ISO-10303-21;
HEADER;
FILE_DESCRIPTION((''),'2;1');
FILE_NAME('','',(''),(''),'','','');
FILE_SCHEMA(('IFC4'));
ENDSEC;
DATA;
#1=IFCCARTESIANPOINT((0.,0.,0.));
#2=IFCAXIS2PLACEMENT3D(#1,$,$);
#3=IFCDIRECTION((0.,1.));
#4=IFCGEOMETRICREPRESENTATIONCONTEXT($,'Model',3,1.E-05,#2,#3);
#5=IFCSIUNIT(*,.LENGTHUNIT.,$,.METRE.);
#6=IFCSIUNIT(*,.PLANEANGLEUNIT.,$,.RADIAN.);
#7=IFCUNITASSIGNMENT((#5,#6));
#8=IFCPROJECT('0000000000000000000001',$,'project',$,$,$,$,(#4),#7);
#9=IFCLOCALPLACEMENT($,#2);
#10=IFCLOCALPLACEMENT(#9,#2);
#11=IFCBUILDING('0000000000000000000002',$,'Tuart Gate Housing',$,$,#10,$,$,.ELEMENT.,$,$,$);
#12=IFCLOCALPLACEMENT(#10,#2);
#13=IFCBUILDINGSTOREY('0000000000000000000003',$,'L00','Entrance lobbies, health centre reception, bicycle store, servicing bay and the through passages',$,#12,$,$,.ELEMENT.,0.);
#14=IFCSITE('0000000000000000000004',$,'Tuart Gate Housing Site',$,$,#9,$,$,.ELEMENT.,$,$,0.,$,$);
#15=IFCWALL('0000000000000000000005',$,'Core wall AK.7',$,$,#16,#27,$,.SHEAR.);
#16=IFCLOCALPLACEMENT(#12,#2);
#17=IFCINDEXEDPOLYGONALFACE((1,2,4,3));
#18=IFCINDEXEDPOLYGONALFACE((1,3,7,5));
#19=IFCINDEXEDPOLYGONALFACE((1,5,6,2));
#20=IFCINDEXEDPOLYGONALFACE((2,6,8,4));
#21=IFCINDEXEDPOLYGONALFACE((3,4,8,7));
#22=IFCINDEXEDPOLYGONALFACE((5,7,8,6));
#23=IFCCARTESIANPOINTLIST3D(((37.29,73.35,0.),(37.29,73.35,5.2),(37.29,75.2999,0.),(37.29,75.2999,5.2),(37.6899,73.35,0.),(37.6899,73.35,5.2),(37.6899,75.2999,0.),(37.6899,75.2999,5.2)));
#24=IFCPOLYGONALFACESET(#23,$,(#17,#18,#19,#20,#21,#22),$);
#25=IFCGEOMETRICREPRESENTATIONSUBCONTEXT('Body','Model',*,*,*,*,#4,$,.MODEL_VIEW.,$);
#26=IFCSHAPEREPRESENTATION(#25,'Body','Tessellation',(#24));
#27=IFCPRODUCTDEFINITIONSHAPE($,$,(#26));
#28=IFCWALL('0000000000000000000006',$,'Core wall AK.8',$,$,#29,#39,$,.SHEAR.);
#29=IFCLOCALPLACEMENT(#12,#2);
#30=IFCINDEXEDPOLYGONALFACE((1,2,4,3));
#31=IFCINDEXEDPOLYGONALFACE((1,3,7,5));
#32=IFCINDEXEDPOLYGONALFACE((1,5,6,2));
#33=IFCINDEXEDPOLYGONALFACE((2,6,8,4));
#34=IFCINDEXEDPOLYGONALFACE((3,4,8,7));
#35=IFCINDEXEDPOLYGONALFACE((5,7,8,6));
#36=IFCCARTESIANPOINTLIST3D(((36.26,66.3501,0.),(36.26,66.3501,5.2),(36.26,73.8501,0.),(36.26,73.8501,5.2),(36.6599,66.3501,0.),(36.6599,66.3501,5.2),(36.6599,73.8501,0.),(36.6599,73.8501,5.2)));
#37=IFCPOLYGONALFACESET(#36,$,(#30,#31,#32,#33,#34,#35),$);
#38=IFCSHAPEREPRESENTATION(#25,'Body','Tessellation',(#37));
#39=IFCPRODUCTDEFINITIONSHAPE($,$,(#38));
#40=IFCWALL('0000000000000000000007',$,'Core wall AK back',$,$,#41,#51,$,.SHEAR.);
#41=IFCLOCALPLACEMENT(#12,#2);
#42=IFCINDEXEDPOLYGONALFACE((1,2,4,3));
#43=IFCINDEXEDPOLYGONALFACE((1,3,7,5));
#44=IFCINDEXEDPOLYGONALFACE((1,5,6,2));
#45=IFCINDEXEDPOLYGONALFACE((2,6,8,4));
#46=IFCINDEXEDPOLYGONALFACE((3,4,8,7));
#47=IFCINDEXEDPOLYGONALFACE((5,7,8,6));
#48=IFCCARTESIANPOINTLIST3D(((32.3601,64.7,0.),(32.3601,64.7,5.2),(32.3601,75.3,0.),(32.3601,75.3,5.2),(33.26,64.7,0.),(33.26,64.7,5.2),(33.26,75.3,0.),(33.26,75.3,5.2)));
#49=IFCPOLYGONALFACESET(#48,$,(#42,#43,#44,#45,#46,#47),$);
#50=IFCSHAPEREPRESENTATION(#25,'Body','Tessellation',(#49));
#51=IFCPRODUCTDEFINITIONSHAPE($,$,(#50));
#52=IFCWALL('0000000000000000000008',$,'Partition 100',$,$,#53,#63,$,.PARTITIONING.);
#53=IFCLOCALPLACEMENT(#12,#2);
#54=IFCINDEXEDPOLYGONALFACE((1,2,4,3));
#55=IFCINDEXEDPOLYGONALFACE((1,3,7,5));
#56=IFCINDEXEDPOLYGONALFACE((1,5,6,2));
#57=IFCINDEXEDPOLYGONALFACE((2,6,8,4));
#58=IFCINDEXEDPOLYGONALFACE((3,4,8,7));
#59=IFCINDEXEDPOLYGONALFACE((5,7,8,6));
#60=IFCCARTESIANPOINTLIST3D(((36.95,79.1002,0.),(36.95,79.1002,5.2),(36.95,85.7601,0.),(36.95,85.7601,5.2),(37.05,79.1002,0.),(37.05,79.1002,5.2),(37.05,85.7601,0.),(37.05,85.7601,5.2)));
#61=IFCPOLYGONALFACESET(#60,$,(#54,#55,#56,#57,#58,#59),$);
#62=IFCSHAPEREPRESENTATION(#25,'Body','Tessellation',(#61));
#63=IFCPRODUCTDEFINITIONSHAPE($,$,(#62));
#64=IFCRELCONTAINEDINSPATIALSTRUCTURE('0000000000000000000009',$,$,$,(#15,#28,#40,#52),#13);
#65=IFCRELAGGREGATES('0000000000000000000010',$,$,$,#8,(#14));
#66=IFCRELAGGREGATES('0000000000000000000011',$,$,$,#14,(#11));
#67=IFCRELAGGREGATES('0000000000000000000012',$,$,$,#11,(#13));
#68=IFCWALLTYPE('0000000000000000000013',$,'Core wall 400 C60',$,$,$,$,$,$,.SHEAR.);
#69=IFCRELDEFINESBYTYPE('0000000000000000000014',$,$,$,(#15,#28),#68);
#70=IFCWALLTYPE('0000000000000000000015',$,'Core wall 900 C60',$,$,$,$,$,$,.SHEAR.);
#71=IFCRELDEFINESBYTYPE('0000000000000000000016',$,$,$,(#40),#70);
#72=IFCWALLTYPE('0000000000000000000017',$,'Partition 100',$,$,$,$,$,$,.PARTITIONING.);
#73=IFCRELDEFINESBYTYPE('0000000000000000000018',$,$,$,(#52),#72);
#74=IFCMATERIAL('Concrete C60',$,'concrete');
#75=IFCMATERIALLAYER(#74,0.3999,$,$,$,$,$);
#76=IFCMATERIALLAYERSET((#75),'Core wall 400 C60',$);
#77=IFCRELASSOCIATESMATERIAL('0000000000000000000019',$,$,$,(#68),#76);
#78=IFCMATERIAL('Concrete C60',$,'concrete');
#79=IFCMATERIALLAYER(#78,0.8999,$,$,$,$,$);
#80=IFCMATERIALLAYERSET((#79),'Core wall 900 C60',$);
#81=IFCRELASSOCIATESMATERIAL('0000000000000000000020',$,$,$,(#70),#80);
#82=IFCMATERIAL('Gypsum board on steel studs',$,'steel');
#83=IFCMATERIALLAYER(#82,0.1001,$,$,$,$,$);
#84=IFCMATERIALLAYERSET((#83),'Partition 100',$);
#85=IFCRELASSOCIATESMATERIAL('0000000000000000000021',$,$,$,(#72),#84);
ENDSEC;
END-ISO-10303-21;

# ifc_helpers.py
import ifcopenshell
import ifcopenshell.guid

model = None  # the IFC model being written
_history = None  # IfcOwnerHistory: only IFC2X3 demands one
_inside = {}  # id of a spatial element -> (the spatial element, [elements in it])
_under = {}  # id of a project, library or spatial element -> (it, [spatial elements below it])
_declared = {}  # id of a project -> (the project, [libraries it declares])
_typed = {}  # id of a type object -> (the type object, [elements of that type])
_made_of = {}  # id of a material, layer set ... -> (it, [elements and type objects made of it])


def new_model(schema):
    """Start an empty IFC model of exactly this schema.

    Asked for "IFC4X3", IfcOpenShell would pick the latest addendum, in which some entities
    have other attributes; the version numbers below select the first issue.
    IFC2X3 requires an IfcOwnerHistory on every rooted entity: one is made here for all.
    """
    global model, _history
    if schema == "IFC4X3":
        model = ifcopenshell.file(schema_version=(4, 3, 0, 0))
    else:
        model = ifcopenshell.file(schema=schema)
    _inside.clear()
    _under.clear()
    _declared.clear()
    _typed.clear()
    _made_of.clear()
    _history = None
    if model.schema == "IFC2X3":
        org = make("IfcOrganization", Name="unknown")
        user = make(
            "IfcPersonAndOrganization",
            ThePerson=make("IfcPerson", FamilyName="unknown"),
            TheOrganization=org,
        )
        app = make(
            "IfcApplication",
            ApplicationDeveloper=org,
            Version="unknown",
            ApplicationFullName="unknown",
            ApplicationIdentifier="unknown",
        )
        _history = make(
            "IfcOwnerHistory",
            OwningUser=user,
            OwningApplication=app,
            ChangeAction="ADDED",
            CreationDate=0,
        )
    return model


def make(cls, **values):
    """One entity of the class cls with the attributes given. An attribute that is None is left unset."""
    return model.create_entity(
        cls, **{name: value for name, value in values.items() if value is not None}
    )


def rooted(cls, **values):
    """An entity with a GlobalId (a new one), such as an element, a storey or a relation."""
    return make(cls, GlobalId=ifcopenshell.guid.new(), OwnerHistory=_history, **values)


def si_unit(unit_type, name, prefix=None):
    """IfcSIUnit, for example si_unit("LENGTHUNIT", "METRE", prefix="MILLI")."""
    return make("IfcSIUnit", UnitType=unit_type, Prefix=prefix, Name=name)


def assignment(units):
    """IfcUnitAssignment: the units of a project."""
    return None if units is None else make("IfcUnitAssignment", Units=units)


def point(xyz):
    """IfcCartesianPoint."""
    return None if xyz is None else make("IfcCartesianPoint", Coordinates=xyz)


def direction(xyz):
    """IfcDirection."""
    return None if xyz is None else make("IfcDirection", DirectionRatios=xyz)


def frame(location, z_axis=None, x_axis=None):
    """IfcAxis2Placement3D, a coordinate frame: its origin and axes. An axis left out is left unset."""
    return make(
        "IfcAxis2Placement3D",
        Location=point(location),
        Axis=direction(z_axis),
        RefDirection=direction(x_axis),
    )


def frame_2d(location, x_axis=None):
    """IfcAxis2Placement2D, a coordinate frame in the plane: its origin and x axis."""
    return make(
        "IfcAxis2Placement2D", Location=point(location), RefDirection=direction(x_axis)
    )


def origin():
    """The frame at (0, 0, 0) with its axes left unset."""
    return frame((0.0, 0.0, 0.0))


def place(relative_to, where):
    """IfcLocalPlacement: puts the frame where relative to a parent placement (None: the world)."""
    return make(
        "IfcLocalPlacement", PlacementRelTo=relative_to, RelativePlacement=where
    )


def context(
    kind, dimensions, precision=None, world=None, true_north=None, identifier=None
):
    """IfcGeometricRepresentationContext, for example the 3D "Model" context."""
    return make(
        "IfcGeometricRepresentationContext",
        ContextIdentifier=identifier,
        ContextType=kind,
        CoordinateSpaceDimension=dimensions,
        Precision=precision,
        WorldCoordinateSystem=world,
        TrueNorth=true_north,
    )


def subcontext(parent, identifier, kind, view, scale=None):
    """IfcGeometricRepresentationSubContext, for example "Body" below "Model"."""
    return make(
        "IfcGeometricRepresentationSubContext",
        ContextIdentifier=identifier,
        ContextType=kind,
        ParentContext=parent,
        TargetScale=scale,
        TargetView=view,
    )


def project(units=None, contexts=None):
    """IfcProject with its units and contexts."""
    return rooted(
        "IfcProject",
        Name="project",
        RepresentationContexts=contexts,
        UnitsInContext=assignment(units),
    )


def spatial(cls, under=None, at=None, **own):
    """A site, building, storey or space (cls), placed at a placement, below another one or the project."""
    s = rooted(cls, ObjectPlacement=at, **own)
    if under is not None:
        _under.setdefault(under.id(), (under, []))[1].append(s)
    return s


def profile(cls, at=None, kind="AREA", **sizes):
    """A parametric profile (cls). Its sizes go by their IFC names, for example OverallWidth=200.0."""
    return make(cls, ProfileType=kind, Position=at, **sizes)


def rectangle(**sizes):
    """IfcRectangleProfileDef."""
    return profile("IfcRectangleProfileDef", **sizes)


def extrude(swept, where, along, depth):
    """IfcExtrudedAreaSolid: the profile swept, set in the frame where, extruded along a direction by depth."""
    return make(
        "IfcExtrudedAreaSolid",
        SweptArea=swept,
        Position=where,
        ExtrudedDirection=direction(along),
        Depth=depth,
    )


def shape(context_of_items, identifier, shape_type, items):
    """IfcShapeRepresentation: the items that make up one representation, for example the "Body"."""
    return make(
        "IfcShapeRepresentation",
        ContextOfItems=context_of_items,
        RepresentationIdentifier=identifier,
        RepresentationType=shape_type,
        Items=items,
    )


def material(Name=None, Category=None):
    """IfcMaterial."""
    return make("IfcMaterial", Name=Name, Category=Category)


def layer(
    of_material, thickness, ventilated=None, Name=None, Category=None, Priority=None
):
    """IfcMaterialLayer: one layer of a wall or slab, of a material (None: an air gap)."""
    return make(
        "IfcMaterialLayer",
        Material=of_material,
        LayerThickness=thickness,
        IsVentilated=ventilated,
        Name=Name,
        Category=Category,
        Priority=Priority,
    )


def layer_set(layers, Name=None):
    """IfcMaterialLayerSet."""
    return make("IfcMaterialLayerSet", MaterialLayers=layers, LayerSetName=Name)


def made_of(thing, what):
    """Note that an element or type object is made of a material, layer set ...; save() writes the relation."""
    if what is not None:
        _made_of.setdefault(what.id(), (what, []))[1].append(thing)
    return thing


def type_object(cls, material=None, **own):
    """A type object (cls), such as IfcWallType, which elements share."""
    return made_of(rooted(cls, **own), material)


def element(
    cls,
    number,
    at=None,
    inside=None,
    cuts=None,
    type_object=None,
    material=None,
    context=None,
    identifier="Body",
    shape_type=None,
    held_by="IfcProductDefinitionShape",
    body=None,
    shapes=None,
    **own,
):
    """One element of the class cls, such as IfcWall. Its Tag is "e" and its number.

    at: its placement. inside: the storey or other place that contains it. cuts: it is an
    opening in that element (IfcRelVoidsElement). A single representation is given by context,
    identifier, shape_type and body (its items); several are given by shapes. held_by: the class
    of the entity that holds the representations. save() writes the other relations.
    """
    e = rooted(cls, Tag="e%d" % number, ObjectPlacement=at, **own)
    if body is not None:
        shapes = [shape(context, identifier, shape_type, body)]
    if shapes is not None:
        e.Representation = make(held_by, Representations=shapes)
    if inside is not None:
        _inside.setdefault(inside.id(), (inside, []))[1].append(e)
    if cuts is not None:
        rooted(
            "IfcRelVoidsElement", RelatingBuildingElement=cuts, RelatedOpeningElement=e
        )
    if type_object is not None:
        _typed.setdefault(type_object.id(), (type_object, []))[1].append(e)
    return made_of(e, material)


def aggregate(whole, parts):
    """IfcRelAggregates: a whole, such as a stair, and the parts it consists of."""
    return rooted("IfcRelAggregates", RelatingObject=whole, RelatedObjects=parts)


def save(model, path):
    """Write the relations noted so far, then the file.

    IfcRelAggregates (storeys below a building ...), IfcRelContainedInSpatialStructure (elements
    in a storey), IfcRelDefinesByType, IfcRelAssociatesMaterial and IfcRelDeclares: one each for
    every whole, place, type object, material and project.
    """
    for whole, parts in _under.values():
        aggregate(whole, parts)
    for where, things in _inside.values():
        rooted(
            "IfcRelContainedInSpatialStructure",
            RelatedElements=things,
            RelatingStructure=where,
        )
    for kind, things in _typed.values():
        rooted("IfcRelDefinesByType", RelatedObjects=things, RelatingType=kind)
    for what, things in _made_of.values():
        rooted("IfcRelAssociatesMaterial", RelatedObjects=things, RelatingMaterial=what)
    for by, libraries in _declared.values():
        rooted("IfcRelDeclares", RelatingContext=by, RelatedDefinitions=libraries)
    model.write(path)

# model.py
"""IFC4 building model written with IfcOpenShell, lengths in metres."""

from ifc_helpers import new_model, si_unit, direction, frame, frame_2d, origin, place, context, subcontext, project, spatial, rectangle, extrude, material, layer, layer_set, type_object, element, save


model = new_model("IFC4")

# Units and contexts
model_context = context("Model", 3, precision=1e-05, world=origin(), true_north=direction((0.0, 1.0)))
body_context = subcontext(model_context, "Body", "Model", "MODEL_VIEW")
ifc_project = project(units=[si_unit("LENGTHUNIT", "METRE"), si_unit("PLANEANGLEUNIT", "RADIAN")], contexts=[model_context])

# Site, building, storey
site_placement = place(None, origin())
site = spatial("IfcSite", under=ifc_project, at=site_placement, Name="Tuart Gate Housing Site", CompositionType="ELEMENT", RefElevation=0.0)
building_placement = place(site_placement, origin())
building = spatial("IfcBuilding", under=site, at=building_placement, Name="Tuart Gate Housing", CompositionType="ELEMENT")
storey_placement = place(building_placement, origin())
storey = spatial("IfcBuildingStorey", under=building, at=storey_placement, Name="L00", Description="Entrance lobbies, health centre reception, bicycle store, servicing bay and the through passages", CompositionType="ELEMENT", Elevation=0.0)

# Shared definitions
ifc_material_1 = material(Name="Concrete C60", Category="concrete")
ifc_layer_1 = layer(ifc_material_1, 0.3999)
ifc_layer_set_1 = layer_set([ifc_layer_1], Name="Core wall 400 C60")
wall_type_1 = type_object("IfcWallType", Name="Core wall 400 C60", PredefinedType="SHEAR", material=ifc_layer_set_1)

# Walls
wall_1_placement = place(storey_placement, frame((37.49, 75.3, 0.0), z_axis=(0.0, 0.0, 1.0), x_axis=(0.0, -1.0, 0.0)))
element("IfcWall", 1, at=wall_1_placement, inside=storey, type_object=wall_type_1, Name="Core wall AK.7", PredefinedType="SHEAR", context=body_context, shape_type="SweptSolid", body=[
    extrude(rectangle(XDim=1.95, YDim=0.3999, at=frame_2d((0.9751, 0.0))), origin(), (0.0, 0.0, 1.0), 5.2),
])
wall_2_placement = place(storey_placement, frame((36.46, 73.8501, 0.0), z_axis=(0.0, 0.0, 1.0), x_axis=(0.0, -1.0, 0.0)))
element("IfcWall", 2, at=wall_2_placement, inside=storey, type_object=wall_type_1, Name="Core wall AK.8", PredefinedType="SHEAR", context=body_context, shape_type="SweptSolid", body=[
    extrude(rectangle(XDim=7.5, YDim=0.3999, at=frame_2d((3.75, 0.0))), origin(), (0.0, 0.0, 1.0), 5.2),
])
ifc_material_2 = material(Name="Concrete C60", Category="concrete")
ifc_layer_2 = layer(ifc_material_2, 0.8999)
ifc_layer_set_2 = layer_set([ifc_layer_2], Name="Core wall 900 C60")
wall_type_2 = type_object("IfcWallType", Name="Core wall 900 C60", PredefinedType="SHEAR", material=ifc_layer_set_2)
wall_3_placement = place(storey_placement, frame((32.8101, 75.3, 0.0), z_axis=(0.0, 0.0, 1.0), x_axis=(0.0, -1.0, 0.0)))
element("IfcWall", 3, at=wall_3_placement, inside=storey, type_object=wall_type_2, Name="Core wall AK back", PredefinedType="SHEAR", context=body_context, shape_type="SweptSolid", body=[
    extrude(rectangle(XDim=10.6001, YDim=0.8999, at=frame_2d((5.3, 0.0))), origin(), (0.0, 0.0, 1.0), 5.2),
])
ifc_material_3 = material(Name="Gypsum board on steel studs", Category="steel")
ifc_layer_3 = layer(ifc_material_3, 0.1001)
ifc_layer_set_3 = layer_set([ifc_layer_3], Name="Partition 100")
wall_type_3 = type_object("IfcWallType", Name="Partition 100", PredefinedType="PARTITIONING", material=ifc_layer_set_3)
wall_4_placement = place(storey_placement, frame((37.0, 79.1001, 0.0), z_axis=(0.0, 0.0, 1.0), x_axis=(0.0, 1.0, 0.0)))
element("IfcWall", 4, at=wall_4_placement, inside=storey, type_object=wall_type_3, Name="Partition 100", PredefinedType="PARTITIONING", context=body_context, shape_type="SweptSolid", body=[
    extrude(rectangle(XDim=6.6599, YDim=0.1001, at=frame_2d((3.3301, 0.0))), origin(), (0.0, 0.0, 1.0), 5.2),
])

save(model, "model.ifc")
